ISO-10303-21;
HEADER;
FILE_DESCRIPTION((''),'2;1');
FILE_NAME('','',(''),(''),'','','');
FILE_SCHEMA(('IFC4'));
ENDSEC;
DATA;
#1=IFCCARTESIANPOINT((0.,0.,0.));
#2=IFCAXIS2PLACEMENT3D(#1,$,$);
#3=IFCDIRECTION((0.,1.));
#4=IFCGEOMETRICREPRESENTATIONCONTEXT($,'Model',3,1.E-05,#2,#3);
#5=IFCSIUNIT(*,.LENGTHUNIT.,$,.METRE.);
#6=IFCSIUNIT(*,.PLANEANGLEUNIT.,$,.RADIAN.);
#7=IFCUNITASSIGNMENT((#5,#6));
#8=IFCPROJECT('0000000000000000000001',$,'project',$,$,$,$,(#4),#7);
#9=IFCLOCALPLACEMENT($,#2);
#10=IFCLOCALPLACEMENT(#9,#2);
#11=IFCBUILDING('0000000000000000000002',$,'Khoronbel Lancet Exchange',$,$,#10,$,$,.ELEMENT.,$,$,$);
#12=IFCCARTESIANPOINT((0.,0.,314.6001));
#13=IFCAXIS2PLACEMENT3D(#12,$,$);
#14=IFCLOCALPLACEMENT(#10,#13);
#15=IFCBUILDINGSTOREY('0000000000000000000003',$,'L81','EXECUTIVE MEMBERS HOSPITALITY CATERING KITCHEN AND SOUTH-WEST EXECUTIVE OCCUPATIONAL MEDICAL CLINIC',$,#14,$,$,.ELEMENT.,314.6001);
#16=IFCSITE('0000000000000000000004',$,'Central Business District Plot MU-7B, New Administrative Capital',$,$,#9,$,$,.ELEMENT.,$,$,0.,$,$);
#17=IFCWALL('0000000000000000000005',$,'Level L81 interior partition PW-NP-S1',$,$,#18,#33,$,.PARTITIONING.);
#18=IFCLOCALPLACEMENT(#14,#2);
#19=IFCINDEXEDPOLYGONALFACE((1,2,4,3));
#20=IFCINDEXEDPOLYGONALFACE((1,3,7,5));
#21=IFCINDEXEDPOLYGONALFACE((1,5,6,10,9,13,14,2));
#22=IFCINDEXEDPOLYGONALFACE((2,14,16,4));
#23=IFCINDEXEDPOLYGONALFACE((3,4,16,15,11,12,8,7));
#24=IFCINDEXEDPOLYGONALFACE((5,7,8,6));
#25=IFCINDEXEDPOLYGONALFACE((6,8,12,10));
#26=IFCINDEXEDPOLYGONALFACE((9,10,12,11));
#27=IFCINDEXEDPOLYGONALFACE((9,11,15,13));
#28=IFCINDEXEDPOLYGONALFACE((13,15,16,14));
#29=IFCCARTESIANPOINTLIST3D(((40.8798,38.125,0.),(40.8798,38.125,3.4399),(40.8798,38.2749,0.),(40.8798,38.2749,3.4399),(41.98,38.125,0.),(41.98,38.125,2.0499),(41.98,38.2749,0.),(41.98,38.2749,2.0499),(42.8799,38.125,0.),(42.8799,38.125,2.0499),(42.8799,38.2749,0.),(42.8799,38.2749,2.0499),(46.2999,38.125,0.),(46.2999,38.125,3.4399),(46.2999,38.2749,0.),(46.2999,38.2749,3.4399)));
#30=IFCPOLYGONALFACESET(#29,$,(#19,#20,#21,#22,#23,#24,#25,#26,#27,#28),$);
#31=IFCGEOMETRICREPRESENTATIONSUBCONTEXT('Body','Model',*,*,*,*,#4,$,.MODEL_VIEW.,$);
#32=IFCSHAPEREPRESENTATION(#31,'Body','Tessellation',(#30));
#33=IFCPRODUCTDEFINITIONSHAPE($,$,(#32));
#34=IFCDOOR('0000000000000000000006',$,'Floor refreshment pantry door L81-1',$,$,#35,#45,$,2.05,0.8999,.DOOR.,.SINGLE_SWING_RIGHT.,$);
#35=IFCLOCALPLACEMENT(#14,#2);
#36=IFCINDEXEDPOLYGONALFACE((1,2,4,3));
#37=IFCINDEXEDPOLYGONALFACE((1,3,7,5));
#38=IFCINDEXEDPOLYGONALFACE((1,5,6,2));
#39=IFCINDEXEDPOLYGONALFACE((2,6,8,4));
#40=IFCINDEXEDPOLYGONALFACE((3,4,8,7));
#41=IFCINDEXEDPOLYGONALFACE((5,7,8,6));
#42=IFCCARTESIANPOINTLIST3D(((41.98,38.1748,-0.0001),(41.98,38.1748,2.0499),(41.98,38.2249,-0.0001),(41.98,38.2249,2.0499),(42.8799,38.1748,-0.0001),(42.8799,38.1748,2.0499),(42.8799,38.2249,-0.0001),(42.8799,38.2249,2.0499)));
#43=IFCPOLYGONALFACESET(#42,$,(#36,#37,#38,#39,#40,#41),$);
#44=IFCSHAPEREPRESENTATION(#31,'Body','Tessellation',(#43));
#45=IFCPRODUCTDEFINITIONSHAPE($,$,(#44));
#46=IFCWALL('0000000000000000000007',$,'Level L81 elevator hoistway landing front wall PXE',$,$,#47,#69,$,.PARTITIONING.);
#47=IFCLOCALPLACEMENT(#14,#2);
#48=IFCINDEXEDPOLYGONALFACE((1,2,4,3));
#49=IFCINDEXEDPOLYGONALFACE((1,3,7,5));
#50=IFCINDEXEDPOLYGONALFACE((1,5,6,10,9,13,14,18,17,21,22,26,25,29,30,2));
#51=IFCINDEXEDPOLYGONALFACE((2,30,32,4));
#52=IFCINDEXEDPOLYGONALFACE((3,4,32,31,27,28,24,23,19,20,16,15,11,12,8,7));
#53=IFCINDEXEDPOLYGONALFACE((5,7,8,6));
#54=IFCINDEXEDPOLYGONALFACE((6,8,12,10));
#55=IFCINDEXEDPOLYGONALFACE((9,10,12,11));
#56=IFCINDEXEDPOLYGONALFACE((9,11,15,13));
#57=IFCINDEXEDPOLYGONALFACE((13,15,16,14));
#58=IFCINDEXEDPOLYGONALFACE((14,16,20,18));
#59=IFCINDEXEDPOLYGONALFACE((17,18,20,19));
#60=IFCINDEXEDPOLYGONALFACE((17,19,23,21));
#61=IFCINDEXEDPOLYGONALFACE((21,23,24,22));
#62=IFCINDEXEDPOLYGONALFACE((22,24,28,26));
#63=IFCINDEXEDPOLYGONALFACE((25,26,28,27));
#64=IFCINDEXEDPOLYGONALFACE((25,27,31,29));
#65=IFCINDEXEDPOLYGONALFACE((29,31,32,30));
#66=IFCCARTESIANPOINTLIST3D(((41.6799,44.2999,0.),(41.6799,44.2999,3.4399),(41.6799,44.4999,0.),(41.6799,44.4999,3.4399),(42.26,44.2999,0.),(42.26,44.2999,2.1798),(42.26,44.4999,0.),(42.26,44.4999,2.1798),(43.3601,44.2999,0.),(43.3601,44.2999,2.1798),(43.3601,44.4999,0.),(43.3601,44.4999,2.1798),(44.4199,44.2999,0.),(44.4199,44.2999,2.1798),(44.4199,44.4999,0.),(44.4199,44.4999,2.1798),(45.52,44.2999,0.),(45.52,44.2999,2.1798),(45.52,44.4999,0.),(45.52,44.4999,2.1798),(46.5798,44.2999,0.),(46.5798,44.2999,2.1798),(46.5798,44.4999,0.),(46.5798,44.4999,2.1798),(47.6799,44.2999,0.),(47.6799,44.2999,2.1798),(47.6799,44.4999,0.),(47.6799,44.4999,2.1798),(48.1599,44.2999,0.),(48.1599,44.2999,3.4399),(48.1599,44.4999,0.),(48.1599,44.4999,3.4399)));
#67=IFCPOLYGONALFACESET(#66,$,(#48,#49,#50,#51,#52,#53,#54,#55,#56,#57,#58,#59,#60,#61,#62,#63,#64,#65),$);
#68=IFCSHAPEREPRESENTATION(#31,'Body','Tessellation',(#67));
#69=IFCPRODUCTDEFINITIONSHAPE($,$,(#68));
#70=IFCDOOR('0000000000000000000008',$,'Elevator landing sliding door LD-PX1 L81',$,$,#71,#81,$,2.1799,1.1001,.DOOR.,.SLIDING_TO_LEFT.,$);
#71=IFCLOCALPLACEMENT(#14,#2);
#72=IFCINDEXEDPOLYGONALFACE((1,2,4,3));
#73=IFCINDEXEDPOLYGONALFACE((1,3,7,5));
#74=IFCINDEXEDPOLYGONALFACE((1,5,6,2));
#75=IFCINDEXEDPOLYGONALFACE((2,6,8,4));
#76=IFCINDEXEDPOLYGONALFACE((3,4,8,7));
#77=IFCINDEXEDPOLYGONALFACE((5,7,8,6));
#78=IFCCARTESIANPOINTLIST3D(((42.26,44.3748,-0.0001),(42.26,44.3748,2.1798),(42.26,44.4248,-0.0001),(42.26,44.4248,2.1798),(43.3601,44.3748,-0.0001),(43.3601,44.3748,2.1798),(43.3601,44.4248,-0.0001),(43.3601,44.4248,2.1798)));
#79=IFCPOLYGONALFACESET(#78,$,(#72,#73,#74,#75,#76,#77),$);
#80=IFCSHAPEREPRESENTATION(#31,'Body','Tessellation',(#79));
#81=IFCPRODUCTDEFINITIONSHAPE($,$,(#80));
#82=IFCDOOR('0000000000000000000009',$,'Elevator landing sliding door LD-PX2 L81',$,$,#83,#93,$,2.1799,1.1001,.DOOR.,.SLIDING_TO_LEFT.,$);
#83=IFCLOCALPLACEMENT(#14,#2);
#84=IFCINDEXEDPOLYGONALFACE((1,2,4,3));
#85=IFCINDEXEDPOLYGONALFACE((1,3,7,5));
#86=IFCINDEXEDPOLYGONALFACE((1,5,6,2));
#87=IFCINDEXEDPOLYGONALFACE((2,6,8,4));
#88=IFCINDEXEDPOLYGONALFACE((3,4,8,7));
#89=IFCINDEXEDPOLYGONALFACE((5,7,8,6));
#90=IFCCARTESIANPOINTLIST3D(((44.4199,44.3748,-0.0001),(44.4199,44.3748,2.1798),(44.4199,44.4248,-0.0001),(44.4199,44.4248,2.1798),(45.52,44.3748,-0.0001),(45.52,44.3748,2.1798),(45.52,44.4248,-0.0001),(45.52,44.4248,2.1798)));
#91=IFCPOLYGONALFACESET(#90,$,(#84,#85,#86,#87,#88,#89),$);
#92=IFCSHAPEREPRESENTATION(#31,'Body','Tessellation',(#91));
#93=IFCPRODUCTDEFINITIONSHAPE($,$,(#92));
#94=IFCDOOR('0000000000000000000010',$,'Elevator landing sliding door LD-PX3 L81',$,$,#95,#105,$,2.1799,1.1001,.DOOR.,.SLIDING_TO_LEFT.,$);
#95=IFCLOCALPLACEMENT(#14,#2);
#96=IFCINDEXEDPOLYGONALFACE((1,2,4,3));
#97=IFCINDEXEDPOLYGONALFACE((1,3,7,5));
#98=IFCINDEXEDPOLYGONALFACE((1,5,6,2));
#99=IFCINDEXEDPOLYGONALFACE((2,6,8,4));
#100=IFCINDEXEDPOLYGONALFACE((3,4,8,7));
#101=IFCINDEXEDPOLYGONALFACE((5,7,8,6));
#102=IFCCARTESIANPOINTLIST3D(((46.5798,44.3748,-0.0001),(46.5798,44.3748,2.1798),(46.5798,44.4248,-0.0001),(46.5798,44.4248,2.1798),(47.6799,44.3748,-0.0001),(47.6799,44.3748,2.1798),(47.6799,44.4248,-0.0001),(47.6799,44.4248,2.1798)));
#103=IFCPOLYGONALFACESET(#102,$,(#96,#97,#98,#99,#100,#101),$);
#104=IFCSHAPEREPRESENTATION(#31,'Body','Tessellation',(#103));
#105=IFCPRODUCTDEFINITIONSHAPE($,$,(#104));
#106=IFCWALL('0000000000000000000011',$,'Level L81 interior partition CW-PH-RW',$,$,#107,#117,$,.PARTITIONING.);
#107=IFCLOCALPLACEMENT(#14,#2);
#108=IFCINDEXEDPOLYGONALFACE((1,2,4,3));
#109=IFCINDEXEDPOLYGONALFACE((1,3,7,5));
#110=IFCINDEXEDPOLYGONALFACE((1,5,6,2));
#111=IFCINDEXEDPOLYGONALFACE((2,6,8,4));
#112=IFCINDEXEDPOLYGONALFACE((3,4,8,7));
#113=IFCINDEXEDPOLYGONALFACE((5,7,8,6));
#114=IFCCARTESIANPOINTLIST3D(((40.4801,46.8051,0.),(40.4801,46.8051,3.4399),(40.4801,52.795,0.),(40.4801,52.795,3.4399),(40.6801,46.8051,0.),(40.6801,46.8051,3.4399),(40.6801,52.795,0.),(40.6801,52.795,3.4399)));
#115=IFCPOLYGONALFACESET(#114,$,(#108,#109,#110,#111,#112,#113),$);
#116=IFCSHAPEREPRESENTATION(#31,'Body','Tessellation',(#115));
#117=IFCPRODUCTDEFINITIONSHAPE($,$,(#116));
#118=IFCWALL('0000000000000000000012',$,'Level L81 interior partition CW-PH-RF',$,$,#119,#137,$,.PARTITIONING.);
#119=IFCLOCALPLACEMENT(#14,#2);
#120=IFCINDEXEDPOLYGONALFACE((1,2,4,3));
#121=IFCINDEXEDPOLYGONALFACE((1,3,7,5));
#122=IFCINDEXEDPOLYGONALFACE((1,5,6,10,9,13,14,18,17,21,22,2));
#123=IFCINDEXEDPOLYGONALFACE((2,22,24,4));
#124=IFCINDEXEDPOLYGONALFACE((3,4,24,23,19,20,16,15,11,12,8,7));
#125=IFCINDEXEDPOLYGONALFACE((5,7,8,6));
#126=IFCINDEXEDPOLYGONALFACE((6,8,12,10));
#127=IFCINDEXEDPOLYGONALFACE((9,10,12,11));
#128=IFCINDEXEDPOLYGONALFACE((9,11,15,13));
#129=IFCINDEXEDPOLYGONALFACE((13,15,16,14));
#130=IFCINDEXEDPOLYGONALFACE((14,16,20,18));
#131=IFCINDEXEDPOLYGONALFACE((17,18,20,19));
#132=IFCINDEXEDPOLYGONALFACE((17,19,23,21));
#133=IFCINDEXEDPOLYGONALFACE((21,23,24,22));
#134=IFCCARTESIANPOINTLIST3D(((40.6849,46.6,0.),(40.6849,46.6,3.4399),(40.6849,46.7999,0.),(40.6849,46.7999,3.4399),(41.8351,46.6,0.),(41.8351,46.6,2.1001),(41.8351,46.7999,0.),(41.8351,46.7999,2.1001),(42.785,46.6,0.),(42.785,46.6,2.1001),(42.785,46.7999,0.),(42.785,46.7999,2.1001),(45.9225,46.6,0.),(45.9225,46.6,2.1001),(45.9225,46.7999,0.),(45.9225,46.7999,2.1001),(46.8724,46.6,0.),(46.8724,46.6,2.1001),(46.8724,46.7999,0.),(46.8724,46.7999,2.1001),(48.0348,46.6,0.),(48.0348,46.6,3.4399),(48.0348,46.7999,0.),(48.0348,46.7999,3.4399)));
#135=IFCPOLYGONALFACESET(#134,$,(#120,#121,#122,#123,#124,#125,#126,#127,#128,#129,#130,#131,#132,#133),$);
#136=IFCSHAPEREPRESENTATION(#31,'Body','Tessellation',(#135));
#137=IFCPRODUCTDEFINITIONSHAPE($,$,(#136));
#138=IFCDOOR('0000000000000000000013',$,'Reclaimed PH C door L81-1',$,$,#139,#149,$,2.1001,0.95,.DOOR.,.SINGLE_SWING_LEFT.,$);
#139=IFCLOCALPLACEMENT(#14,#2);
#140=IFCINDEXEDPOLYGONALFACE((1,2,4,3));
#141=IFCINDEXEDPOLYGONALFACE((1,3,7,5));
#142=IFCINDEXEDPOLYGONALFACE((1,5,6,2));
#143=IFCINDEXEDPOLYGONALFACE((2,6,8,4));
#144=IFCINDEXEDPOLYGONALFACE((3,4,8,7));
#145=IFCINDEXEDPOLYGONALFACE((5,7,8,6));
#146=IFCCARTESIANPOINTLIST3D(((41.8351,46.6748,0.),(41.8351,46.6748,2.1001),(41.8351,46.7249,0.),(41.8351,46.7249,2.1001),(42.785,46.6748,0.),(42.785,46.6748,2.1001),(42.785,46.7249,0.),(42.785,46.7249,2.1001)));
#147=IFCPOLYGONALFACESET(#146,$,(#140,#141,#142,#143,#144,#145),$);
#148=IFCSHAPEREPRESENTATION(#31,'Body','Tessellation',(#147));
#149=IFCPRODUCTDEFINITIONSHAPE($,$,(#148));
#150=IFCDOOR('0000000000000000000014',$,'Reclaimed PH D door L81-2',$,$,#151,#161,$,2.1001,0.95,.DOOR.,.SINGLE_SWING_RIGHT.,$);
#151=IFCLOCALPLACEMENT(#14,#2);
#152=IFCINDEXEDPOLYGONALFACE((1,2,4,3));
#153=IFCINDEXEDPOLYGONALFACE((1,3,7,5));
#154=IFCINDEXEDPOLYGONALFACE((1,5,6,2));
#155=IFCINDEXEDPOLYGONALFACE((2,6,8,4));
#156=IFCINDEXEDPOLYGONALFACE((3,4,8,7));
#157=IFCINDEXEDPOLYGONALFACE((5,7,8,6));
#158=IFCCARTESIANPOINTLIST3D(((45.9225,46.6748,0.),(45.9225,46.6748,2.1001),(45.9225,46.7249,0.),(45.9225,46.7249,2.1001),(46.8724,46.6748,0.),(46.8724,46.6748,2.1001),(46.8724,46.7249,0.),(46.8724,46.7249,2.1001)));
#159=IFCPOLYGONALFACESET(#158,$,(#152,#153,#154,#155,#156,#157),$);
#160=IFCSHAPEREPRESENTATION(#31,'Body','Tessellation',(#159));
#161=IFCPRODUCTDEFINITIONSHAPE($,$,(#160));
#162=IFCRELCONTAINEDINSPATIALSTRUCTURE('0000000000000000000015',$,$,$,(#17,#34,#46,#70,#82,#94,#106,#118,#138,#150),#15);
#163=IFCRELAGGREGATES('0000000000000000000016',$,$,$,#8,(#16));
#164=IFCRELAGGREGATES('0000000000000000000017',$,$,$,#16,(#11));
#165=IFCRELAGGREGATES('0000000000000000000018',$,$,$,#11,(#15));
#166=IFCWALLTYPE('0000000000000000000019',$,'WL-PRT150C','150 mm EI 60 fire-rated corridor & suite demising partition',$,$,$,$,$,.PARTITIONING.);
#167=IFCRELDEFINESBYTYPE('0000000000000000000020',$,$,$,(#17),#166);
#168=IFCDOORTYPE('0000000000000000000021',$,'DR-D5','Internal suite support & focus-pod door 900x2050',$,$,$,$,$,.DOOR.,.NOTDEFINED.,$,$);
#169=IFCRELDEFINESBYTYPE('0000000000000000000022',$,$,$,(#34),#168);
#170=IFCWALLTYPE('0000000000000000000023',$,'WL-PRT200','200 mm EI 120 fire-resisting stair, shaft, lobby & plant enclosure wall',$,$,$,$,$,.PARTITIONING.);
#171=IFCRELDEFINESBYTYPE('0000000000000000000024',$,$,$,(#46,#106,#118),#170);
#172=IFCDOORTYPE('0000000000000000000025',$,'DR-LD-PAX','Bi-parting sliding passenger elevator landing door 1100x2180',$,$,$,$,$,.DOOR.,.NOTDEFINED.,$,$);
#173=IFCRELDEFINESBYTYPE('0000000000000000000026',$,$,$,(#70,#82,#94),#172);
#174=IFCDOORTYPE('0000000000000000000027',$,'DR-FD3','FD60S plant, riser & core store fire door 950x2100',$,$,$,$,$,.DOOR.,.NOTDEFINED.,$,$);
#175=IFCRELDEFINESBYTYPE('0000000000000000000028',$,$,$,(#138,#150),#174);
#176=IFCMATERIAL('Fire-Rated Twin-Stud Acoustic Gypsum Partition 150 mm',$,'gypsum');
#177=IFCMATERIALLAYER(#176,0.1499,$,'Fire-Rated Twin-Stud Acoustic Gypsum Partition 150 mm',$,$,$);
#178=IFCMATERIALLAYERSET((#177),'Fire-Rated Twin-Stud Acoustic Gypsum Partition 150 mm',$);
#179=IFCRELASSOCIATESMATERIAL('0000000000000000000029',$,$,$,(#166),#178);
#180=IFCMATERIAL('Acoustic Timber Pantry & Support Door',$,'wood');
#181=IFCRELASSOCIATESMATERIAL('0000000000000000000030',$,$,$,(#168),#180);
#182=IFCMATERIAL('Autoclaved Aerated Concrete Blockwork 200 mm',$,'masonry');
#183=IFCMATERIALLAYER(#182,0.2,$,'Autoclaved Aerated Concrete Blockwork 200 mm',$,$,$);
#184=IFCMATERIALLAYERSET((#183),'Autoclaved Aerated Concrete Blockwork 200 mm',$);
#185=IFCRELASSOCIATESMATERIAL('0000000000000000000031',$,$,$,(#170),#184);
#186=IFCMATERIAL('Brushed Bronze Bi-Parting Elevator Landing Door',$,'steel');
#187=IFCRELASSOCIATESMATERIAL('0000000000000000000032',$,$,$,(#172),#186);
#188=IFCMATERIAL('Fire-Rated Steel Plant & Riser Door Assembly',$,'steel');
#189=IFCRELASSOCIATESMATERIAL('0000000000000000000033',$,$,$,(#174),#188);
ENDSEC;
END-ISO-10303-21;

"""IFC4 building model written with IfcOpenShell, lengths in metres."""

from ifc_helpers import new_model, si_unit, direction, frame, frame_2d, origin, place, context, subcontext, project, spatial, rectangle, extrude, material, layer, layer_set, type_object, element, fill, save


model = new_model("IFC4")

# Units and contexts
model_context = context("Model", 3, precision=1e-05, world=origin(), true_north=direction((0.0, 1.0)))
body_context = subcontext(model_context, "Body", "Model", "MODEL_VIEW")
ifc_project = project(units=[si_unit("LENGTHUNIT", "METRE"), si_unit("PLANEANGLEUNIT", "RADIAN")], contexts=[model_context])

# Site, building, storey
site_placement = place(None, origin())
site = spatial("IfcSite", under=ifc_project, at=site_placement, Name="Central Business District Plot MU-7B, New Administrative Capital", CompositionType="ELEMENT", RefElevation=0.0)
building_placement = place(site_placement, origin())
building = spatial("IfcBuilding", under=site, at=building_placement, Name="Khoronbel Lancet Exchange", CompositionType="ELEMENT")
storey_placement = place(building_placement, frame((0.0, 0.0, 314.6001)))
storey = spatial("IfcBuildingStorey", under=building, at=storey_placement, Name="L81", Description="EXECUTIVE MEMBERS HOSPITALITY CATERING KITCHEN AND SOUTH-WEST EXECUTIVE OCCUPATIONAL MEDICAL CLINIC", CompositionType="ELEMENT", Elevation=314.6001)

# Wall, opening, door
ifc_material_1 = material(Name="Fire-Rated Twin-Stud Acoustic Gypsum Partition 150 mm", Category="gypsum")
ifc_layer_1 = layer(ifc_material_1, 0.1499, Name="Fire-Rated Twin-Stud Acoustic Gypsum Partition 150 mm")
ifc_layer_set_1 = layer_set([ifc_layer_1], Name="Fire-Rated Twin-Stud Acoustic Gypsum Partition 150 mm")
wall_type_1 = type_object("IfcWallType", Name="WL-PRT150C", Description="150 mm EI 60 fire-rated corridor & suite demising partition", PredefinedType="PARTITIONING", material=ifc_layer_set_1)
wall_1_placement = place(storey_placement, frame((40.8799, 38.2, 0.0), z_axis=(0.0, 0.0, 1.0), x_axis=(1.0, 0.0, 0.0)))
wall_1 = element("IfcWall", 1, at=wall_1_placement, inside=storey, type_object=wall_type_1, Name="Level L81 interior partition PW-NP-S1", PredefinedType="PARTITIONING", context=body_context, shape_type="SweptSolid", body=[
    extrude(rectangle(XDim=5.4202, YDim=0.1499, at=frame_2d((2.71, 0.0))), origin(), (0.0, 0.0, 1.0), 3.4399),
])
opening_1_placement = place(wall_1_placement, frame((1.1001, 0.0, 0.0)))
opening_1 = element("IfcOpeningElement", 2, at=opening_1_placement, cuts=wall_1, PredefinedType="OPENING", context=body_context, shape_type="SweptSolid", body=[
    extrude(rectangle(XDim=0.8999, YDim=2.05, at=frame_2d((0.45, 1.0249))), frame((0.0, 0.085, 0.0), z_axis=(0.0, -1.0, 0.0), x_axis=(1.0, 0.0, 0.0)), (0.0, 0.0, 1.0), 0.1699),
])
ifc_material_2 = material(Name="Acoustic Timber Pantry & Support Door", Category="wood")
door_type_1 = type_object("IfcDoorType", Name="DR-D5", Description="Internal suite support & focus-pod door 900x2050", OperationType="NOTDEFINED", PredefinedType="DOOR", material=ifc_material_2)
door_1_placement = place(opening_1_placement, origin())
door_1 = element("IfcDoor", 3, at=door_1_placement, inside=storey, type_object=door_type_1, Name="Floor refreshment pantry door L81-1", OperationType="SINGLE_SWING_RIGHT", OverallHeight=2.05, OverallWidth=0.8999, PredefinedType="DOOR", context=body_context, shape_type="SweptSolid", body=[
    extrude(rectangle(XDim=0.8999, YDim=2.05, at=frame_2d((0.45, 1.0249))), frame((0.0, 0.0249, 0.0), z_axis=(0.0, -1.0, 0.0), x_axis=(1.0, 0.0, 0.0)), (0.0, 0.0, 1.0), 0.05),
])
fill(opening_1, door_1)

# Wall, openings, doors
ifc_material_3 = material(Name="Autoclaved Aerated Concrete Blockwork 200 mm", Category="masonry")
ifc_layer_2 = layer(ifc_material_3, 0.2, Name="Autoclaved Aerated Concrete Blockwork 200 mm")
ifc_layer_set_2 = layer_set([ifc_layer_2], Name="Autoclaved Aerated Concrete Blockwork 200 mm")
wall_type_2 = type_object("IfcWallType", Name="WL-PRT200", Description="200 mm EI 120 fire-resisting stair, shaft, lobby & plant enclosure wall", PredefinedType="PARTITIONING", material=ifc_layer_set_2)
wall_2_placement = place(storey_placement, frame((41.6799, 44.3999, 0.0), z_axis=(0.0, 0.0, 1.0), x_axis=(1.0, 0.0, 0.0)))
wall_2 = element("IfcWall", 4, at=wall_2_placement, inside=storey, type_object=wall_type_2, Name="Level L81 elevator hoistway landing front wall PXE", PredefinedType="PARTITIONING", context=body_context, shape_type="SweptSolid", body=[
    extrude(rectangle(XDim=6.48, YDim=0.2, at=frame_2d((3.24, 0.0))), origin(), (0.0, 0.0, 1.0), 3.4399),
])
opening_2_placement = place(wall_2_placement, frame((0.5801, 0.0, 0.0)))
opening_2 = element("IfcOpeningElement", 5, at=opening_2_placement, cuts=wall_2, PredefinedType="OPENING", context=body_context, shape_type="SweptSolid", body=[
    extrude(rectangle(XDim=1.1001, YDim=2.1799, at=frame_2d((0.55, 1.0898))), frame((0.0, 0.1099, 0.0), z_axis=(0.0, -1.0, 0.0), x_axis=(1.0, 0.0, 0.0)), (0.0, 0.0, 1.0), 0.22),
])
opening_3_placement = place(wall_2_placement, frame((2.74, 0.0, 0.0)))
opening_3 = element("IfcOpeningElement", 6, at=opening_3_placement, cuts=wall_2, PredefinedType="OPENING", context=body_context, shape_type="SweptSolid", body=[
    extrude(rectangle(XDim=1.1001, YDim=2.1799, at=frame_2d((0.55, 1.0898))), frame((0.0, 0.1099, 0.0), z_axis=(0.0, -1.0, 0.0), x_axis=(1.0, 0.0, 0.0)), (0.0, 0.0, 1.0), 0.22),
])
opening_4_placement = place(wall_2_placement, frame((4.8999, 0.0, 0.0)))
opening_4 = element("IfcOpeningElement", 7, at=opening_4_placement, cuts=wall_2, PredefinedType="OPENING", context=body_context, shape_type="SweptSolid", body=[
    extrude(rectangle(XDim=1.1001, YDim=2.1799, at=frame_2d((0.55, 1.0898))), frame((0.0, 0.1099, 0.0), z_axis=(0.0, -1.0, 0.0), x_axis=(1.0, 0.0, 0.0)), (0.0, 0.0, 1.0), 0.22),
])
ifc_material_4 = material(Name="Brushed Bronze Bi-Parting Elevator Landing Door", Category="steel")
door_type_2 = type_object("IfcDoorType", Name="DR-LD-PAX", Description="Bi-parting sliding passenger elevator landing door 1100x2180", OperationType="NOTDEFINED", PredefinedType="DOOR", material=ifc_material_4)
door_2_placement = place(opening_2_placement, origin())
door_2 = element("IfcDoor", 8, at=door_2_placement, inside=storey, type_object=door_type_2, Name="Elevator landing sliding door LD-PX1 L81", OperationType="SLIDING_TO_LEFT", OverallHeight=2.1799, OverallWidth=1.1001, PredefinedType="DOOR", context=body_context, shape_type="SweptSolid", body=[
    extrude(rectangle(XDim=1.1001, YDim=2.1799, at=frame_2d((0.55, 1.0898))), frame((0.0, 0.0249, 0.0), z_axis=(0.0, -1.0, 0.0), x_axis=(1.0, 0.0, 0.0)), (0.0, 0.0, 1.0), 0.05),
])
fill(opening_2, door_2)
door_3_placement = place(opening_3_placement, origin())
door_3 = element("IfcDoor", 9, at=door_3_placement, inside=storey, type_object=door_type_2, Name="Elevator landing sliding door LD-PX2 L81", OperationType="SLIDING_TO_LEFT", OverallHeight=2.1799, OverallWidth=1.1001, PredefinedType="DOOR", context=body_context, shape_type="SweptSolid", body=[
    extrude(rectangle(XDim=1.1001, YDim=2.1799, at=frame_2d((0.55, 1.0898))), frame((0.0, 0.0249, 0.0), z_axis=(0.0, -1.0, 0.0), x_axis=(1.0, 0.0, 0.0)), (0.0, 0.0, 1.0), 0.05),
])
fill(opening_3, door_3)
door_4_placement = place(opening_4_placement, origin())
door_4 = element("IfcDoor", 10, at=door_4_placement, inside=storey, type_object=door_type_2, Name="Elevator landing sliding door LD-PX3 L81", OperationType="SLIDING_TO_LEFT", OverallHeight=2.1799, OverallWidth=1.1001, PredefinedType="DOOR", context=body_context, shape_type="SweptSolid", body=[
    extrude(rectangle(XDim=1.1001, YDim=2.1799, at=frame_2d((0.55, 1.0898))), frame((0.0, 0.0249, 0.0), z_axis=(0.0, -1.0, 0.0), x_axis=(1.0, 0.0, 0.0)), (0.0, 0.0, 1.0), 0.05),
])
fill(opening_4, door_4)

# Wall
wall_3_placement = place(storey_placement, frame((40.5801, 46.8049, 0.0), z_axis=(0.0, 0.0, 1.0), x_axis=(0.0, 1.0, 0.0)))
element("IfcWall", 11, at=wall_3_placement, inside=storey, type_object=wall_type_2, Name="Level L81 interior partition CW-PH-RW", PredefinedType="PARTITIONING", context=body_context, shape_type="SweptSolid", body=[
    extrude(rectangle(XDim=5.99, YDim=0.2, at=frame_2d((2.9951, 0.0))), origin(), (0.0, 0.0, 1.0), 3.4399),
])

# Wall, openings, doors
wall_4_placement = place(storey_placement, frame((40.6851, 46.7, 0.0), z_axis=(0.0, 0.0, 1.0), x_axis=(1.0, 0.0, 0.0)))
wall_4 = element("IfcWall", 12, at=wall_4_placement, inside=storey, type_object=wall_type_2, Name="Level L81 interior partition CW-PH-RF", PredefinedType="PARTITIONING", context=body_context, shape_type="SweptSolid", body=[
    extrude(rectangle(XDim=7.3499, YDim=0.2, at=frame_2d((3.6748, 0.0))), origin(), (0.0, 0.0, 1.0), 3.4399),
])
opening_5_placement = place(wall_4_placement, frame((1.1499, 0.0, 0.0)))
opening_5 = element("IfcOpeningElement", 13, at=opening_5_placement, cuts=wall_4, PredefinedType="OPENING", context=body_context, shape_type="SweptSolid", body=[
    extrude(rectangle(XDim=0.95, YDim=2.1001, at=frame_2d((0.4751, 1.05))), frame((0.0, 0.1099, 0.0), z_axis=(0.0, -1.0, 0.0), x_axis=(1.0, 0.0, 0.0)), (0.0, 0.0, 1.0), 0.22),
])
opening_6_placement = place(wall_4_placement, frame((5.2373, 0.0, 0.0)))
opening_6 = element("IfcOpeningElement", 14, at=opening_6_placement, cuts=wall_4, PredefinedType="OPENING", context=body_context, shape_type="SweptSolid", body=[
    extrude(rectangle(XDim=0.95, YDim=2.1001, at=frame_2d((0.4751, 1.05))), frame((0.0, 0.1099, 0.0), z_axis=(0.0, -1.0, 0.0), x_axis=(1.0, 0.0, 0.0)), (0.0, 0.0, 1.0), 0.22),
])
ifc_material_5 = material(Name="Fire-Rated Steel Plant & Riser Door Assembly", Category="steel")
door_type_3 = type_object("IfcDoorType", Name="DR-FD3", Description="FD60S plant, riser & core store fire door 950x2100", OperationType="NOTDEFINED", PredefinedType="DOOR", material=ifc_material_5)
door_5_placement = place(opening_5_placement, origin())
door_5 = element("IfcDoor", 15, at=door_5_placement, inside=storey, type_object=door_type_3, Name="Reclaimed PH C door L81-1", OperationType="SINGLE_SWING_LEFT", OverallHeight=2.1001, OverallWidth=0.95, PredefinedType="DOOR", context=body_context, shape_type="SweptSolid", body=[
    extrude(rectangle(XDim=0.95, YDim=2.1001, at=frame_2d((0.4751, 1.05))), frame((0.0, 0.0249, 0.0), z_axis=(0.0, -1.0, 0.0), x_axis=(1.0, 0.0, 0.0)), (0.0, 0.0, 1.0), 0.05),
])
fill(opening_5, door_5)
door_6_placement = place(opening_6_placement, origin())
door_6 = element("IfcDoor", 16, at=door_6_placement, inside=storey, type_object=door_type_3, Name="Reclaimed PH D door L81-2", OperationType="SINGLE_SWING_RIGHT", OverallHeight=2.1001, OverallWidth=0.95, PredefinedType="DOOR", context=body_context, shape_type="SweptSolid", body=[
    extrude(rectangle(XDim=0.95, YDim=2.1001, at=frame_2d((0.4751, 1.05))), frame((0.0, 0.0249, 0.0), z_axis=(0.0, -1.0, 0.0), x_axis=(1.0, 0.0, 0.0)), (0.0, 0.0, 1.0), 0.05),
])
fill(opening_6, door_6)

save(model, "model.ifc")
